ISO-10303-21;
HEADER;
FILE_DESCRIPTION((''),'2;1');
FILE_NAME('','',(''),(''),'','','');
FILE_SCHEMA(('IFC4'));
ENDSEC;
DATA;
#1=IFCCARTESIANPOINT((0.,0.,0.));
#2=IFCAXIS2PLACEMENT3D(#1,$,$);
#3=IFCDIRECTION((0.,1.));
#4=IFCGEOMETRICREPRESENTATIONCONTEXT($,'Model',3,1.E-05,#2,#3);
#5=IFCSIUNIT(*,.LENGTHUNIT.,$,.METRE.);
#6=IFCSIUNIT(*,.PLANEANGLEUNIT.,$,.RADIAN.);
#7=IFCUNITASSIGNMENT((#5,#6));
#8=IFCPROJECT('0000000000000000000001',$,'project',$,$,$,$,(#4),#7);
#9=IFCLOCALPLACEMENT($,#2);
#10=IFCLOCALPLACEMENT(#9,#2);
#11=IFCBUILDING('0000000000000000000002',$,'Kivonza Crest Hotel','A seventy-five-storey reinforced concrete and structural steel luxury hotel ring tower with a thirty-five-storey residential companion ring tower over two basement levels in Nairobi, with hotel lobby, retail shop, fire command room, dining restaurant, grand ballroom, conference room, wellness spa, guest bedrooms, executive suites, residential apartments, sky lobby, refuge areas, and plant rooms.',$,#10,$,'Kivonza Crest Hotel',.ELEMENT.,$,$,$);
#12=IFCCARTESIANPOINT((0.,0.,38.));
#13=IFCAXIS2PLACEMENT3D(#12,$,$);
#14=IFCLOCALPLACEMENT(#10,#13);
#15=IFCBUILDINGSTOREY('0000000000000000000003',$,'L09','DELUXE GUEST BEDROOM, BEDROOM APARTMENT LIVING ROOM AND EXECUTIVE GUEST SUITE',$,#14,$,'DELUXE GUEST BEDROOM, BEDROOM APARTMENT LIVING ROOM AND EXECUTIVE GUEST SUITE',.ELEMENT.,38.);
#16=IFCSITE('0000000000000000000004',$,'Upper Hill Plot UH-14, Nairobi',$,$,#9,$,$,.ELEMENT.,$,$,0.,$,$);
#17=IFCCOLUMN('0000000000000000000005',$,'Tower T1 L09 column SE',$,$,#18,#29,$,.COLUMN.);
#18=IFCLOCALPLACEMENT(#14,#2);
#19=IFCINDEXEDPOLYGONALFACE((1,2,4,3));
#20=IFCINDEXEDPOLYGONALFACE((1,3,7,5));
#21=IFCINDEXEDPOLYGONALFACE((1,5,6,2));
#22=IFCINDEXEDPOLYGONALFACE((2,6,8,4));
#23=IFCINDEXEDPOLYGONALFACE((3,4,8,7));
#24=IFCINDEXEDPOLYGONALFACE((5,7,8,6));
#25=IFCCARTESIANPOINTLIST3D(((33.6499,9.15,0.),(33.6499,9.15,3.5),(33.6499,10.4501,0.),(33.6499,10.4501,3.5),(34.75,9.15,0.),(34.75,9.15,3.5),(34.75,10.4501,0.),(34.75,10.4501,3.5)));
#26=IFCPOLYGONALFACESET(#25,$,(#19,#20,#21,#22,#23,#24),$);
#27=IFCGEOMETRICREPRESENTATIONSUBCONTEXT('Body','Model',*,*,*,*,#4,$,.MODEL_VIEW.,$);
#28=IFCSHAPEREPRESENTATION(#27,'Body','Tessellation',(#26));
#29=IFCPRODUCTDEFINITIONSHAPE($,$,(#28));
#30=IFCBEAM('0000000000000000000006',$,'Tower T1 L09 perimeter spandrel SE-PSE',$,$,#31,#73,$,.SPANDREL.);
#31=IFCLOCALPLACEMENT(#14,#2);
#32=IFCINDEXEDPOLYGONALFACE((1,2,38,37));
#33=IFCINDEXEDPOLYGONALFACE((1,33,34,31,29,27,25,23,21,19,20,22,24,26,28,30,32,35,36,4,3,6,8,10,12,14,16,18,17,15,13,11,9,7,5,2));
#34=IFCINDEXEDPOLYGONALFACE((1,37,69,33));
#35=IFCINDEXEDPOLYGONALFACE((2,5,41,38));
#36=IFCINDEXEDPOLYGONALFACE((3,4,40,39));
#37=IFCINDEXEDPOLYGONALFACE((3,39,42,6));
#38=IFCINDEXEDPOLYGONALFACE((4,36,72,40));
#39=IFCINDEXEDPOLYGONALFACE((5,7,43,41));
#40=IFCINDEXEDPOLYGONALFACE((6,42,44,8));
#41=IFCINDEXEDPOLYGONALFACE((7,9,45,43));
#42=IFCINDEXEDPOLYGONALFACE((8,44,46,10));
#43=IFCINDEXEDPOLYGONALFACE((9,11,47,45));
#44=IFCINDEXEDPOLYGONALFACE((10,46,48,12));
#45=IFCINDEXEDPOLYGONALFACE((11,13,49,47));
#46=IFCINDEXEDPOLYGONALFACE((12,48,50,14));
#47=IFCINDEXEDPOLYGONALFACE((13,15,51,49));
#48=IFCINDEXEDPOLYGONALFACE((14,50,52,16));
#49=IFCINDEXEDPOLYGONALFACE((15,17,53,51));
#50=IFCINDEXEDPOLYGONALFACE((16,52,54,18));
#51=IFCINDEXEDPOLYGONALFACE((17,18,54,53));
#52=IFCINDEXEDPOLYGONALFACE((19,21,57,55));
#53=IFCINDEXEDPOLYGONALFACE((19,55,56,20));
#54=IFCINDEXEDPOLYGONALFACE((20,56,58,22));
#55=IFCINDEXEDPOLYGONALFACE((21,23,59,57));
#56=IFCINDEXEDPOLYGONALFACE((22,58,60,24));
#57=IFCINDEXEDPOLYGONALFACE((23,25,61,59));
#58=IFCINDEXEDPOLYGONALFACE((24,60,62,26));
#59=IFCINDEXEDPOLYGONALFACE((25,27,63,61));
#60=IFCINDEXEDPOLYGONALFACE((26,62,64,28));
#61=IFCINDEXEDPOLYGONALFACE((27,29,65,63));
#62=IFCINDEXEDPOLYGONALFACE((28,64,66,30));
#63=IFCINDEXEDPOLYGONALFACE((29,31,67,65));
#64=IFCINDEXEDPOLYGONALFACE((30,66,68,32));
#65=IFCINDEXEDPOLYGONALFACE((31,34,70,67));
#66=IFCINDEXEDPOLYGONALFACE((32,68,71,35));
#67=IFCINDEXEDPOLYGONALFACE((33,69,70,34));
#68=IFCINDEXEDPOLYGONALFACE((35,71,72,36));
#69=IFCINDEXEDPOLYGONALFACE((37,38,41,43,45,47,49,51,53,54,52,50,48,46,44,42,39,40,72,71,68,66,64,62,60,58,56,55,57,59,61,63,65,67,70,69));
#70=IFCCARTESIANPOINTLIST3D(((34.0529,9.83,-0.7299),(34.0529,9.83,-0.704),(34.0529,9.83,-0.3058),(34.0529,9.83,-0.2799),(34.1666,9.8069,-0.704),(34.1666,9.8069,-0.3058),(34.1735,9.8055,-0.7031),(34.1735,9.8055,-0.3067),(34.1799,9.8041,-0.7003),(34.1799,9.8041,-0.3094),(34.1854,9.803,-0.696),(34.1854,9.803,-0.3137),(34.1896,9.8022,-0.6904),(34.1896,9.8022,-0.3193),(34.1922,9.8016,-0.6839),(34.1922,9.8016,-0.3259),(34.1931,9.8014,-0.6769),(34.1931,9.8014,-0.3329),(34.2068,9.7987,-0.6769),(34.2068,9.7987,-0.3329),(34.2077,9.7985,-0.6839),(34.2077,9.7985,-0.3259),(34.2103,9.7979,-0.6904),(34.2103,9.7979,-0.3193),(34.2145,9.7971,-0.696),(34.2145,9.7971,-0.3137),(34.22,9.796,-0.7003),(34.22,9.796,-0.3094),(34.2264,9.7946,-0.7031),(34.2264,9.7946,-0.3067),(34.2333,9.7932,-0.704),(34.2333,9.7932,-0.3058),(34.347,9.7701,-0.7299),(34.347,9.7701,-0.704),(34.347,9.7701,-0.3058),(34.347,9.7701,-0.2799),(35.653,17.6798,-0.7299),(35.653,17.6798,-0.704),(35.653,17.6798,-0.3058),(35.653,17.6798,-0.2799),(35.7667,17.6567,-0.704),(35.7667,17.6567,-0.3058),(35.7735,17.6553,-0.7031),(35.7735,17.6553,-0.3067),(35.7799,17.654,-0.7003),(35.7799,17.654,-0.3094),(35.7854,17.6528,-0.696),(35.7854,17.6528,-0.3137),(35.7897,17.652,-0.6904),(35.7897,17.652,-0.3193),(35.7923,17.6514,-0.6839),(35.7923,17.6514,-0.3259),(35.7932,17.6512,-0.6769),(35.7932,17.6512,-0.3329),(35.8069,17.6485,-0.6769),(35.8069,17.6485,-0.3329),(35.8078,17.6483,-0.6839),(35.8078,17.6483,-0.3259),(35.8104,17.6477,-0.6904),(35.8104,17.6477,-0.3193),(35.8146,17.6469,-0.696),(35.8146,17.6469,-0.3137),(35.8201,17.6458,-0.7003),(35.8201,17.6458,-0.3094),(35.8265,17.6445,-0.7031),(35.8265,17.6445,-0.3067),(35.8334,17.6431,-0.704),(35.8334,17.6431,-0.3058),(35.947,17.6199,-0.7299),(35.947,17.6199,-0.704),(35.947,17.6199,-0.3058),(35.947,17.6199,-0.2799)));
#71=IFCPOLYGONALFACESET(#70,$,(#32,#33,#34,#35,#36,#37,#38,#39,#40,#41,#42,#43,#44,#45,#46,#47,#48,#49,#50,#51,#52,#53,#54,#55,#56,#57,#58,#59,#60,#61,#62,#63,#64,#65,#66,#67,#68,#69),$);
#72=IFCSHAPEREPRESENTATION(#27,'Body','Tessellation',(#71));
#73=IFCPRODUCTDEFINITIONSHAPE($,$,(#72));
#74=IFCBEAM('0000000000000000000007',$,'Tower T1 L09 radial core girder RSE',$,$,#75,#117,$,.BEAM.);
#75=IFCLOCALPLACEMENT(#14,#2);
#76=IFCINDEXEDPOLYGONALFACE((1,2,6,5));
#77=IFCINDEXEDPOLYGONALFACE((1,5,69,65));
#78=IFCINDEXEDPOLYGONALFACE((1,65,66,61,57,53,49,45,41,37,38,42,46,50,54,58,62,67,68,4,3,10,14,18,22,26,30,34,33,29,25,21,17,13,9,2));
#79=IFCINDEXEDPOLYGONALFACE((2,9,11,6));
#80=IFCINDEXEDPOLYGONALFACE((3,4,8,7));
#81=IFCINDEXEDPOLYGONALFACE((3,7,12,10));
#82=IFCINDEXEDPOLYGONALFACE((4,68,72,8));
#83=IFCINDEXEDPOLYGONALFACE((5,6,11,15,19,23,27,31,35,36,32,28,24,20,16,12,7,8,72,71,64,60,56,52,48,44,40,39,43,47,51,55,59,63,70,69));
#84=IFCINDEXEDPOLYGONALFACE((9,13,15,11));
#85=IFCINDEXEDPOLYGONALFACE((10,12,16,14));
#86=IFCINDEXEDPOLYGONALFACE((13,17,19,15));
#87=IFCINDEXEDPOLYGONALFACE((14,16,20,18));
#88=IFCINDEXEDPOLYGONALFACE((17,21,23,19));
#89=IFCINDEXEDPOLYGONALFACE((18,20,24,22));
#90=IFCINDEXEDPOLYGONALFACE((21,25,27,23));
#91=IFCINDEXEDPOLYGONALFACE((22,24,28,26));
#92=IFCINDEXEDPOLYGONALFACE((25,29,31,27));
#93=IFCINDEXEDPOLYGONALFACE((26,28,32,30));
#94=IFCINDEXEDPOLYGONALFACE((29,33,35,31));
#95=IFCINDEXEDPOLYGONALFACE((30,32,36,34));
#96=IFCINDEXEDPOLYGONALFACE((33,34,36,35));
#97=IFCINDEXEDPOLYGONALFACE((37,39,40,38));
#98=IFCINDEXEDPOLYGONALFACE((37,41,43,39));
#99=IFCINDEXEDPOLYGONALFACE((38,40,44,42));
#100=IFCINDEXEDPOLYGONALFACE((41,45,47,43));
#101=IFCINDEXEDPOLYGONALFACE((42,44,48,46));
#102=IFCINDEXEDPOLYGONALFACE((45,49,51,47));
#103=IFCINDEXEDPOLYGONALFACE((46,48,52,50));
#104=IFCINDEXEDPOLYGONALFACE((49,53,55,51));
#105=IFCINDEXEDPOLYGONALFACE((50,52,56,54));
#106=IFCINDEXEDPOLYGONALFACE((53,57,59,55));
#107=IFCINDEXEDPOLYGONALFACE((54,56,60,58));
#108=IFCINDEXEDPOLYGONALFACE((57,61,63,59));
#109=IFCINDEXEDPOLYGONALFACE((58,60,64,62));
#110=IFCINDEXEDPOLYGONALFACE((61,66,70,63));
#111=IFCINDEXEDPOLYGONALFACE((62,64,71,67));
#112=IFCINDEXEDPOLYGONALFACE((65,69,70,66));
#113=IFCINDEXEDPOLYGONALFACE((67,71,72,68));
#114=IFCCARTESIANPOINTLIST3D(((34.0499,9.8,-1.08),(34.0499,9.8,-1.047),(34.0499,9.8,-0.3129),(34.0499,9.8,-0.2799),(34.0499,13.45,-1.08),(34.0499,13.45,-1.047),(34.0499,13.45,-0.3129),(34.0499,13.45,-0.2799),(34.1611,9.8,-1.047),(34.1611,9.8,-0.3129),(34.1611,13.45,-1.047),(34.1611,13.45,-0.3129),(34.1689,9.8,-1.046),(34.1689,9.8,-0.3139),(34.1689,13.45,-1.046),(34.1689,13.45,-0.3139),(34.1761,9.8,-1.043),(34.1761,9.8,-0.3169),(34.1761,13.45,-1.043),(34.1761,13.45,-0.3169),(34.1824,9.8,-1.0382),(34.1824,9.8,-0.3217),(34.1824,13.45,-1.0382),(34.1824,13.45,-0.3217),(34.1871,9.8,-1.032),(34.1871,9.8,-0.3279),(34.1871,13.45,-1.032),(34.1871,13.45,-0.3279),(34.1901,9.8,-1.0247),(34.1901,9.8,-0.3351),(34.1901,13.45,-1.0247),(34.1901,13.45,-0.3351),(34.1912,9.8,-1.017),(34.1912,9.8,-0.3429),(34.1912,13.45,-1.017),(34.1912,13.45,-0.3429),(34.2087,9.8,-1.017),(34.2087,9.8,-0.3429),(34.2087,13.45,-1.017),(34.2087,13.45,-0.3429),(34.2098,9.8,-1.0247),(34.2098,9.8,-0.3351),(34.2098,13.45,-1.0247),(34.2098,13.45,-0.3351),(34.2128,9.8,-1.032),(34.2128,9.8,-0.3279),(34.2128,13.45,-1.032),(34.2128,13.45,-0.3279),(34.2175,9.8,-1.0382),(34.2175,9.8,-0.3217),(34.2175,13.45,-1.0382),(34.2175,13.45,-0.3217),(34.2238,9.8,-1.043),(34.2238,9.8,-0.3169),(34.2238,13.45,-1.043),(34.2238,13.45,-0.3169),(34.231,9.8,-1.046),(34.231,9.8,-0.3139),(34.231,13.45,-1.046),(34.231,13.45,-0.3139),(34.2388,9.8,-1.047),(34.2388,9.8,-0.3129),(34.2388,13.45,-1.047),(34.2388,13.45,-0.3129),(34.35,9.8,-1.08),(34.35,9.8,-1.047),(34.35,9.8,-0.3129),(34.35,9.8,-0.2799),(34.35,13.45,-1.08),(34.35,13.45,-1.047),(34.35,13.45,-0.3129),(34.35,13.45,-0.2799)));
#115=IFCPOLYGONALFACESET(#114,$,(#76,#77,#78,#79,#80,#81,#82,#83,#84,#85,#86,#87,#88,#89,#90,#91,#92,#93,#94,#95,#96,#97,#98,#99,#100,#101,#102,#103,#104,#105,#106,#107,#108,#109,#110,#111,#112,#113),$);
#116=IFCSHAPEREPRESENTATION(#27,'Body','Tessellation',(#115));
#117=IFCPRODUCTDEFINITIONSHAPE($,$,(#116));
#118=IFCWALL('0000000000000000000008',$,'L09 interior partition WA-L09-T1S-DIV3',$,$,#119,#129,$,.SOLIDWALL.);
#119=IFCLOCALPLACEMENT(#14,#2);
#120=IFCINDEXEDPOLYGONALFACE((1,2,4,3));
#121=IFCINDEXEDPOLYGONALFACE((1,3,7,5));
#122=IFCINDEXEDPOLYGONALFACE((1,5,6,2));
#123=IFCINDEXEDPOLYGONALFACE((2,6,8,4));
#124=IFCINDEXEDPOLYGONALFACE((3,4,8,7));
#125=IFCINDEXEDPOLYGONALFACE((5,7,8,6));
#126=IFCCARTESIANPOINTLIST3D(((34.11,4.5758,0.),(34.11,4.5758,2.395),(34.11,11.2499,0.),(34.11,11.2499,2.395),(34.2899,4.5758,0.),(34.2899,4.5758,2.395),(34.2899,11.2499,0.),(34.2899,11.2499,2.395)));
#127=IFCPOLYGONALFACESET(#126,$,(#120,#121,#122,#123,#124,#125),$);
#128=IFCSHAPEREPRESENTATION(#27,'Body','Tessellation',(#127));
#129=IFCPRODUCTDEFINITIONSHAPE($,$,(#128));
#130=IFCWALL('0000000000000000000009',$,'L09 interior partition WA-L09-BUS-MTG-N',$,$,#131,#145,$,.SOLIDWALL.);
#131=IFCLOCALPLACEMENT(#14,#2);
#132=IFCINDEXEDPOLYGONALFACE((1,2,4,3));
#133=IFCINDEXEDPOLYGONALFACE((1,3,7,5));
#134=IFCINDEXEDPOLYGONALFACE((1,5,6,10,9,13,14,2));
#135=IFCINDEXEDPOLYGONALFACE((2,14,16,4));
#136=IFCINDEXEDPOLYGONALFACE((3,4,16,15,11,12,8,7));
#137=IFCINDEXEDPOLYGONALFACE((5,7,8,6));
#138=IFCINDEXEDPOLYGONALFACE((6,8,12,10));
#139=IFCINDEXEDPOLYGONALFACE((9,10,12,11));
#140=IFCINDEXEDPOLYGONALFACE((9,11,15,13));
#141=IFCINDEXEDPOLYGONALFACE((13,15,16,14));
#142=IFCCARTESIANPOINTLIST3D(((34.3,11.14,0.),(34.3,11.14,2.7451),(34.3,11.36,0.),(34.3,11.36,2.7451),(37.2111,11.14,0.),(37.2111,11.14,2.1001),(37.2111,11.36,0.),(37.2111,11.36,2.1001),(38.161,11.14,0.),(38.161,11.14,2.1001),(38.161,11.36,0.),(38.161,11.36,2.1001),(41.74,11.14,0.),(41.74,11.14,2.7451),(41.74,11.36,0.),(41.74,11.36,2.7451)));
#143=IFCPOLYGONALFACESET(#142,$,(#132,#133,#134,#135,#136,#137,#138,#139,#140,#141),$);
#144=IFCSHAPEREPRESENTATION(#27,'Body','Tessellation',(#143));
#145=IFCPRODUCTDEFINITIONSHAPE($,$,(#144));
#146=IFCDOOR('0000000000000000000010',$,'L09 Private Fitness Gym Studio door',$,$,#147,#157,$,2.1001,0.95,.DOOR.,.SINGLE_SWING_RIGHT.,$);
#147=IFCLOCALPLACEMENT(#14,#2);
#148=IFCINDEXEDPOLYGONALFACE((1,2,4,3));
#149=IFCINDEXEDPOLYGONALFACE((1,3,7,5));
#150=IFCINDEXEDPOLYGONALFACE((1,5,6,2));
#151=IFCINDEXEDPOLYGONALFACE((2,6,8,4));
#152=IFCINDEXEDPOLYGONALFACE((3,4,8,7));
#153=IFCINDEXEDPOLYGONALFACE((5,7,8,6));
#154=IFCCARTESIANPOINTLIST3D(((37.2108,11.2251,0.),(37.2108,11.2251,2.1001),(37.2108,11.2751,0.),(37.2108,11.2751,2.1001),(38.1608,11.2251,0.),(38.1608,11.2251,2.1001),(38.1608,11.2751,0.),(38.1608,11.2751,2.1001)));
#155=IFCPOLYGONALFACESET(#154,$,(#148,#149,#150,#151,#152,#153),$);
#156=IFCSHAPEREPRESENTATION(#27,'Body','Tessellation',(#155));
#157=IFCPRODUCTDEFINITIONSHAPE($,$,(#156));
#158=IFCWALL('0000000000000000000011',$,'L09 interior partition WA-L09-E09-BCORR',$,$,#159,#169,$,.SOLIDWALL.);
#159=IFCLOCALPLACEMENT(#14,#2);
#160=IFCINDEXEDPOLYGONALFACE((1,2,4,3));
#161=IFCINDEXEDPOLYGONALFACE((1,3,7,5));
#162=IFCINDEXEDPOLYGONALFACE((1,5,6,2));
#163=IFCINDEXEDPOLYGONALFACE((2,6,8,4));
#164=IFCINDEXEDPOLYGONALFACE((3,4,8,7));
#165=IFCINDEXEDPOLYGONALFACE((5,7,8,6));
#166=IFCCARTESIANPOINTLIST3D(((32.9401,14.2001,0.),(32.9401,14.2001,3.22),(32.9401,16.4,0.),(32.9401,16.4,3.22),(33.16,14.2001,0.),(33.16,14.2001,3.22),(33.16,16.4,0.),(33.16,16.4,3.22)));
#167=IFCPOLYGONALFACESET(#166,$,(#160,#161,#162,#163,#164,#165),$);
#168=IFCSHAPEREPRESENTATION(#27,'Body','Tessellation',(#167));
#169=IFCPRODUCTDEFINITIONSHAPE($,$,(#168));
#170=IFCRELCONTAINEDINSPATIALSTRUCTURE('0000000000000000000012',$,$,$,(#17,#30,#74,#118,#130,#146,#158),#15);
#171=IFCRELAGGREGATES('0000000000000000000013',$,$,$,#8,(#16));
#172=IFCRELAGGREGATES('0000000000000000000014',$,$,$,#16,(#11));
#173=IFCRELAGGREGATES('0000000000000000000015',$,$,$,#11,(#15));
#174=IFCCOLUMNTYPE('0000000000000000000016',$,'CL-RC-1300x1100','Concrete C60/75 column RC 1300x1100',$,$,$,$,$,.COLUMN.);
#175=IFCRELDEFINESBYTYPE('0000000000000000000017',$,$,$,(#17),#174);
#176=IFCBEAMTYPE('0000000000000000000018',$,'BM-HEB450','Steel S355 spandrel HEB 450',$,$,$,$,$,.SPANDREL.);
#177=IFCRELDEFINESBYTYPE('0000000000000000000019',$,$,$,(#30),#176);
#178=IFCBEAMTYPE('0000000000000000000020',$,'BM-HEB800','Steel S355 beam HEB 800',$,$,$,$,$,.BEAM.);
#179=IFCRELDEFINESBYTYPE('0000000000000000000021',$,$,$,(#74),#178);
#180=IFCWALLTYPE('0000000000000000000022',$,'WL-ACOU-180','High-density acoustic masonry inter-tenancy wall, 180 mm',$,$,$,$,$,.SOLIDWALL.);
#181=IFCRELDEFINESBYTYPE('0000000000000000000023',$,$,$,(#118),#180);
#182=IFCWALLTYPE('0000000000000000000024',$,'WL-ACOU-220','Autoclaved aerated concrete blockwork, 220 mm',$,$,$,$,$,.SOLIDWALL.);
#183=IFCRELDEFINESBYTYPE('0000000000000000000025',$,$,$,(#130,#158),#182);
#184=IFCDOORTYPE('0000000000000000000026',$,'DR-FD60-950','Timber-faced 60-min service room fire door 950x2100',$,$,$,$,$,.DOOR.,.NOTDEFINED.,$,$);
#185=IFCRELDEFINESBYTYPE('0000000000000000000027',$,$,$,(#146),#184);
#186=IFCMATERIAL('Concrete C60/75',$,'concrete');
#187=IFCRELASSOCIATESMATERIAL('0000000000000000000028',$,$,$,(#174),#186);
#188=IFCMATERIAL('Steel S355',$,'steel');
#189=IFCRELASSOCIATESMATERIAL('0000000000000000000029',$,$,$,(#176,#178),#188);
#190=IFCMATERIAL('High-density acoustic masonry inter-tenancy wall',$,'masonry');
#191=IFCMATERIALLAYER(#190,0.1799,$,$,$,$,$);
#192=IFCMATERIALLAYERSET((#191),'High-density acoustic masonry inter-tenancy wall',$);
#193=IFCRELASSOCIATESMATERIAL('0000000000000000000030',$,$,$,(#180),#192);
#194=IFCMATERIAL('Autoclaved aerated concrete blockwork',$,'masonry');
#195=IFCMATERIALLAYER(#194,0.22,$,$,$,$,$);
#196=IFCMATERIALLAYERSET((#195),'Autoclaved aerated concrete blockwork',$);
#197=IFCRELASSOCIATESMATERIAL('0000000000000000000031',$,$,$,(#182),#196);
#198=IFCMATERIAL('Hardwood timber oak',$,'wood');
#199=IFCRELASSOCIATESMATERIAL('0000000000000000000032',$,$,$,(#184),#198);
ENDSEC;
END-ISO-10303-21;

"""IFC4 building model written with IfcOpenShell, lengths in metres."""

from ifc_helpers import new_model, si_unit, direction, frame, frame_2d, origin, origin_2d, place, context, subcontext, project, spatial, rectangle, i_section, extrude, material, layer, layer_set, material_profile, profile_set, type_object, element, fill, save


model = new_model("IFC4")

# Units and contexts
model_context = context("Model", 3, precision=1e-05, world=origin(), true_north=direction((0.0, 1.0)))
body_context = subcontext(model_context, "Body", "Model", "MODEL_VIEW")
ifc_project = project(units=[si_unit("LENGTHUNIT", "METRE"), si_unit("PLANEANGLEUNIT", "RADIAN")], contexts=[model_context])

# Site, building, storey
site_placement = place(None, origin())
site = spatial("IfcSite", under=ifc_project, at=site_placement, Name="Upper Hill Plot UH-14, Nairobi", CompositionType="ELEMENT", RefElevation=0.0)
building_placement = place(site_placement, origin())
building = spatial("IfcBuilding", under=site, at=building_placement, Name="Kivonza Crest Hotel", Description="A seventy-five-storey reinforced concrete and structural steel luxury hotel ring tower with a thirty-five-storey residential companion ring tower over two basement levels in Nairobi, with hotel lobby, retail shop, fire command room, dining restaurant, grand ballroom, conference room, wellness spa, guest bedrooms, executive suites, residential apartments, sky lobby, refuge areas, and plant rooms.", LongName="Kivonza Crest Hotel", CompositionType="ELEMENT")
storey_placement = place(building_placement, frame((0.0, 0.0, 38.0)))
storey = spatial("IfcBuildingStorey", under=building, at=storey_placement, Name="L09", Description="DELUXE GUEST BEDROOM, BEDROOM APARTMENT LIVING ROOM AND EXECUTIVE GUEST SUITE", LongName="DELUXE GUEST BEDROOM, BEDROOM APARTMENT LIVING ROOM AND EXECUTIVE GUEST SUITE", CompositionType="ELEMENT", Elevation=38.0)

# Column
ifc_material_1 = material(Name="Concrete C60/75", Category="concrete")
ifc_material_profile_1 = material_profile(ifc_material_1, rectangle(XDim=1.1001, YDim=1.3, at=origin_2d()), Name="RC 1300x1100")
ifc_profile_set_1 = profile_set([ifc_material_profile_1], Name="Concrete C60/75")
column_type = type_object("IfcColumnType", Name="CL-RC-1300x1100", Description="Concrete C60/75 column RC 1300x1100", PredefinedType="COLUMN", material=ifc_profile_set_1)
column_placement = place(storey_placement, frame((34.2, 9.8, 0.0), z_axis=(0.0, 0.0, 1.0), x_axis=(1.0, 0.0, 0.0)))
element("IfcColumn", 1, at=column_placement, inside=storey, type_object=column_type, Name="Tower T1 L09 column SE", PredefinedType="COLUMN", context=body_context, shape_type="SweptSolid", body=[
    extrude(rectangle(XDim=1.1001, YDim=1.3, at=origin_2d()), origin(), (0.0, 0.0, 1.0), 3.5),
])

# Beams
ifc_material_2 = material(Name="Steel S355", Category="steel")
ifc_material_profile_2 = material_profile(ifc_material_2, i_section(OverallWidth=0.3, OverallDepth=0.45, WebThickness=0.0139, FlangeThickness=0.0259, FilletRadius=0.0271, at=origin_2d()), Name="HEB 450")
ifc_profile_set_2 = profile_set([ifc_material_profile_2], Name="Steel S355")
beam_type_1 = type_object("IfcBeamType", Name="BM-HEB450", Description="Steel S355 spandrel HEB 450", PredefinedType="SPANDREL", material=ifc_profile_set_2)
beam_1_placement = place(storey_placement, frame((34.2, 9.8, -0.5049), z_axis=(0.199731, 0.979851, 0.0), x_axis=(-0.979851, 0.199731, 0.0)))
element("IfcBeam", 2, at=beam_1_placement, inside=storey, type_object=beam_type_1, Name="Tower T1 L09 perimeter spandrel SE-PSE", PredefinedType="SPANDREL", context=body_context, shape_type="SweptSolid", body=[
    extrude(i_section(OverallWidth=0.3, OverallDepth=0.45, WebThickness=0.0139, FlangeThickness=0.0259, FilletRadius=0.0271, at=origin_2d()), origin(), (0.0, 0.0, 1.0), 8.0112),
])
ifc_material_profile_3 = material_profile(ifc_material_2, i_section(OverallWidth=0.3, OverallDepth=0.8, WebThickness=0.0176, FlangeThickness=0.033, FilletRadius=0.03, at=origin_2d()), Name="HEB 800")
ifc_profile_set_3 = profile_set([ifc_material_profile_3], Name="Steel S355")
beam_type_2 = type_object("IfcBeamType", Name="BM-HEB800", Description="Steel S355 beam HEB 800", PredefinedType="BEAM", material=ifc_profile_set_3)
beam_2_placement = place(storey_placement, frame((34.2, 9.8, -0.6799), z_axis=(0.0, 1.0, 0.0), x_axis=(-1.0, 0.0, 0.0)))
element("IfcBeam", 3, at=beam_2_placement, inside=storey, type_object=beam_type_2, Name="Tower T1 L09 radial core girder RSE", PredefinedType="BEAM", context=body_context, shape_type="SweptSolid", body=[
    extrude(i_section(OverallWidth=0.3, OverallDepth=0.8, WebThickness=0.0176, FlangeThickness=0.033, FilletRadius=0.03, at=origin_2d()), origin(), (0.0, 0.0, 1.0), 3.6499),
])

# Wall
ifc_material_3 = material(Name="High-density acoustic masonry inter-tenancy wall", Category="masonry")
ifc_layer_1 = layer(ifc_material_3, 0.1799)
ifc_layer_set_1 = layer_set([ifc_layer_1], Name="High-density acoustic masonry inter-tenancy wall")
wall_type_1 = type_object("IfcWallType", Name="WL-ACOU-180", Description="High-density acoustic masonry inter-tenancy wall, 180 mm", PredefinedType="SOLIDWALL", material=ifc_layer_set_1)
wall_1_placement = place(storey_placement, frame((34.2, 4.5759, 0.0), z_axis=(0.0, 0.0, 1.0), x_axis=(0.0, 1.0, 0.0)))
element("IfcWall", 4, at=wall_1_placement, inside=storey, type_object=wall_type_1, Name="L09 interior partition WA-L09-T1S-DIV3", PredefinedType="SOLIDWALL", context=body_context, shape_type="SweptSolid", body=[
    extrude(rectangle(XDim=6.6741, YDim=0.1799, at=frame_2d((3.3369, 0.0))), origin(), (0.0, 0.0, 1.0), 2.395),
])

# Wall, opening, door
ifc_material_4 = material(Name="Autoclaved aerated concrete blockwork", Category="masonry")
ifc_layer_2 = layer(ifc_material_4, 0.22)
ifc_layer_set_2 = layer_set([ifc_layer_2], Name="Autoclaved aerated concrete blockwork")
wall_type_2 = type_object("IfcWallType", Name="WL-ACOU-220", Description="Autoclaved aerated concrete blockwork, 220 mm", PredefinedType="SOLIDWALL", material=ifc_layer_set_2)
wall_2_placement = place(storey_placement, frame((34.3, 11.25, 0.0), z_axis=(0.0, 0.0, 1.0), x_axis=(1.0, 0.0, 0.0)))
wall_2 = element("IfcWall", 5, at=wall_2_placement, inside=storey, type_object=wall_type_2, Name="L09 interior partition WA-L09-BUS-MTG-N", PredefinedType="SOLIDWALL", context=body_context, shape_type="SweptSolid", body=[
    extrude(rectangle(XDim=7.4399, YDim=0.22, at=frame_2d((3.72, 0.0))), origin(), (0.0, 0.0, 1.0), 2.7451),
])
opening_1_placement = place(wall_2_placement, frame((2.9109, 0.0, 0.0)))
opening_1 = element("IfcOpeningElement", 6, at=opening_1_placement, cuts=wall_2, PredefinedType="OPENING", context=body_context, shape_type="SweptSolid", body=[
    extrude(rectangle(XDim=0.95, YDim=2.1001, at=frame_2d((0.4751, 1.05))), frame((0.0, 0.1201, 0.0), z_axis=(0.0, -1.0, 0.0), x_axis=(1.0, 0.0, 0.0)), (0.0, 0.0, 1.0), 0.24),
])
ifc_material_5 = material(Name="Hardwood timber oak", Category="wood")
door_type_1 = type_object("IfcDoorType", Name="DR-FD60-950", Description="Timber-faced 60-min service room fire door 950x2100", OperationType="NOTDEFINED", PredefinedType="DOOR", material=ifc_material_5)
door_1_placement = place(opening_1_placement, frame((0.95, 0.0, 0.0), z_axis=(0.0, 0.0, 1.0), x_axis=(-1.0, 0.0, 0.0)))
door_1 = element("IfcDoor", 7, at=door_1_placement, inside=storey, type_object=door_type_1, Name="L09 Private Fitness Gym Studio door", OperationType="SINGLE_SWING_RIGHT", OverallHeight=2.1001, OverallWidth=0.95, PredefinedType="DOOR", context=body_context, shape_type="SweptSolid", body=[
    extrude(rectangle(XDim=0.95, YDim=2.1001, at=frame_2d((0.4751, 1.05))), frame((0.0, 0.0249, 0.0), z_axis=(0.0, -1.0, 0.0), x_axis=(1.0, 0.0, 0.0)), (0.0, 0.0, 1.0), 0.05),
])
fill(opening_1, door_1)

# Wall
wall_3_placement = place(storey_placement, frame((33.05, 14.2, 0.0), z_axis=(0.0, 0.0, 1.0), x_axis=(0.0, 1.0, 0.0)))
element("IfcWall", 8, at=wall_3_placement, inside=storey, type_object=wall_type_2, Name="L09 interior partition WA-L09-E09-BCORR", PredefinedType="SOLIDWALL", context=body_context, shape_type="SweptSolid", body=[
    extrude(rectangle(XDim=2.2, YDim=0.22, at=frame_2d((1.1001, 0.0))), origin(), (0.0, 0.0, 1.0), 3.22),
])

save(model, "model.ifc")
